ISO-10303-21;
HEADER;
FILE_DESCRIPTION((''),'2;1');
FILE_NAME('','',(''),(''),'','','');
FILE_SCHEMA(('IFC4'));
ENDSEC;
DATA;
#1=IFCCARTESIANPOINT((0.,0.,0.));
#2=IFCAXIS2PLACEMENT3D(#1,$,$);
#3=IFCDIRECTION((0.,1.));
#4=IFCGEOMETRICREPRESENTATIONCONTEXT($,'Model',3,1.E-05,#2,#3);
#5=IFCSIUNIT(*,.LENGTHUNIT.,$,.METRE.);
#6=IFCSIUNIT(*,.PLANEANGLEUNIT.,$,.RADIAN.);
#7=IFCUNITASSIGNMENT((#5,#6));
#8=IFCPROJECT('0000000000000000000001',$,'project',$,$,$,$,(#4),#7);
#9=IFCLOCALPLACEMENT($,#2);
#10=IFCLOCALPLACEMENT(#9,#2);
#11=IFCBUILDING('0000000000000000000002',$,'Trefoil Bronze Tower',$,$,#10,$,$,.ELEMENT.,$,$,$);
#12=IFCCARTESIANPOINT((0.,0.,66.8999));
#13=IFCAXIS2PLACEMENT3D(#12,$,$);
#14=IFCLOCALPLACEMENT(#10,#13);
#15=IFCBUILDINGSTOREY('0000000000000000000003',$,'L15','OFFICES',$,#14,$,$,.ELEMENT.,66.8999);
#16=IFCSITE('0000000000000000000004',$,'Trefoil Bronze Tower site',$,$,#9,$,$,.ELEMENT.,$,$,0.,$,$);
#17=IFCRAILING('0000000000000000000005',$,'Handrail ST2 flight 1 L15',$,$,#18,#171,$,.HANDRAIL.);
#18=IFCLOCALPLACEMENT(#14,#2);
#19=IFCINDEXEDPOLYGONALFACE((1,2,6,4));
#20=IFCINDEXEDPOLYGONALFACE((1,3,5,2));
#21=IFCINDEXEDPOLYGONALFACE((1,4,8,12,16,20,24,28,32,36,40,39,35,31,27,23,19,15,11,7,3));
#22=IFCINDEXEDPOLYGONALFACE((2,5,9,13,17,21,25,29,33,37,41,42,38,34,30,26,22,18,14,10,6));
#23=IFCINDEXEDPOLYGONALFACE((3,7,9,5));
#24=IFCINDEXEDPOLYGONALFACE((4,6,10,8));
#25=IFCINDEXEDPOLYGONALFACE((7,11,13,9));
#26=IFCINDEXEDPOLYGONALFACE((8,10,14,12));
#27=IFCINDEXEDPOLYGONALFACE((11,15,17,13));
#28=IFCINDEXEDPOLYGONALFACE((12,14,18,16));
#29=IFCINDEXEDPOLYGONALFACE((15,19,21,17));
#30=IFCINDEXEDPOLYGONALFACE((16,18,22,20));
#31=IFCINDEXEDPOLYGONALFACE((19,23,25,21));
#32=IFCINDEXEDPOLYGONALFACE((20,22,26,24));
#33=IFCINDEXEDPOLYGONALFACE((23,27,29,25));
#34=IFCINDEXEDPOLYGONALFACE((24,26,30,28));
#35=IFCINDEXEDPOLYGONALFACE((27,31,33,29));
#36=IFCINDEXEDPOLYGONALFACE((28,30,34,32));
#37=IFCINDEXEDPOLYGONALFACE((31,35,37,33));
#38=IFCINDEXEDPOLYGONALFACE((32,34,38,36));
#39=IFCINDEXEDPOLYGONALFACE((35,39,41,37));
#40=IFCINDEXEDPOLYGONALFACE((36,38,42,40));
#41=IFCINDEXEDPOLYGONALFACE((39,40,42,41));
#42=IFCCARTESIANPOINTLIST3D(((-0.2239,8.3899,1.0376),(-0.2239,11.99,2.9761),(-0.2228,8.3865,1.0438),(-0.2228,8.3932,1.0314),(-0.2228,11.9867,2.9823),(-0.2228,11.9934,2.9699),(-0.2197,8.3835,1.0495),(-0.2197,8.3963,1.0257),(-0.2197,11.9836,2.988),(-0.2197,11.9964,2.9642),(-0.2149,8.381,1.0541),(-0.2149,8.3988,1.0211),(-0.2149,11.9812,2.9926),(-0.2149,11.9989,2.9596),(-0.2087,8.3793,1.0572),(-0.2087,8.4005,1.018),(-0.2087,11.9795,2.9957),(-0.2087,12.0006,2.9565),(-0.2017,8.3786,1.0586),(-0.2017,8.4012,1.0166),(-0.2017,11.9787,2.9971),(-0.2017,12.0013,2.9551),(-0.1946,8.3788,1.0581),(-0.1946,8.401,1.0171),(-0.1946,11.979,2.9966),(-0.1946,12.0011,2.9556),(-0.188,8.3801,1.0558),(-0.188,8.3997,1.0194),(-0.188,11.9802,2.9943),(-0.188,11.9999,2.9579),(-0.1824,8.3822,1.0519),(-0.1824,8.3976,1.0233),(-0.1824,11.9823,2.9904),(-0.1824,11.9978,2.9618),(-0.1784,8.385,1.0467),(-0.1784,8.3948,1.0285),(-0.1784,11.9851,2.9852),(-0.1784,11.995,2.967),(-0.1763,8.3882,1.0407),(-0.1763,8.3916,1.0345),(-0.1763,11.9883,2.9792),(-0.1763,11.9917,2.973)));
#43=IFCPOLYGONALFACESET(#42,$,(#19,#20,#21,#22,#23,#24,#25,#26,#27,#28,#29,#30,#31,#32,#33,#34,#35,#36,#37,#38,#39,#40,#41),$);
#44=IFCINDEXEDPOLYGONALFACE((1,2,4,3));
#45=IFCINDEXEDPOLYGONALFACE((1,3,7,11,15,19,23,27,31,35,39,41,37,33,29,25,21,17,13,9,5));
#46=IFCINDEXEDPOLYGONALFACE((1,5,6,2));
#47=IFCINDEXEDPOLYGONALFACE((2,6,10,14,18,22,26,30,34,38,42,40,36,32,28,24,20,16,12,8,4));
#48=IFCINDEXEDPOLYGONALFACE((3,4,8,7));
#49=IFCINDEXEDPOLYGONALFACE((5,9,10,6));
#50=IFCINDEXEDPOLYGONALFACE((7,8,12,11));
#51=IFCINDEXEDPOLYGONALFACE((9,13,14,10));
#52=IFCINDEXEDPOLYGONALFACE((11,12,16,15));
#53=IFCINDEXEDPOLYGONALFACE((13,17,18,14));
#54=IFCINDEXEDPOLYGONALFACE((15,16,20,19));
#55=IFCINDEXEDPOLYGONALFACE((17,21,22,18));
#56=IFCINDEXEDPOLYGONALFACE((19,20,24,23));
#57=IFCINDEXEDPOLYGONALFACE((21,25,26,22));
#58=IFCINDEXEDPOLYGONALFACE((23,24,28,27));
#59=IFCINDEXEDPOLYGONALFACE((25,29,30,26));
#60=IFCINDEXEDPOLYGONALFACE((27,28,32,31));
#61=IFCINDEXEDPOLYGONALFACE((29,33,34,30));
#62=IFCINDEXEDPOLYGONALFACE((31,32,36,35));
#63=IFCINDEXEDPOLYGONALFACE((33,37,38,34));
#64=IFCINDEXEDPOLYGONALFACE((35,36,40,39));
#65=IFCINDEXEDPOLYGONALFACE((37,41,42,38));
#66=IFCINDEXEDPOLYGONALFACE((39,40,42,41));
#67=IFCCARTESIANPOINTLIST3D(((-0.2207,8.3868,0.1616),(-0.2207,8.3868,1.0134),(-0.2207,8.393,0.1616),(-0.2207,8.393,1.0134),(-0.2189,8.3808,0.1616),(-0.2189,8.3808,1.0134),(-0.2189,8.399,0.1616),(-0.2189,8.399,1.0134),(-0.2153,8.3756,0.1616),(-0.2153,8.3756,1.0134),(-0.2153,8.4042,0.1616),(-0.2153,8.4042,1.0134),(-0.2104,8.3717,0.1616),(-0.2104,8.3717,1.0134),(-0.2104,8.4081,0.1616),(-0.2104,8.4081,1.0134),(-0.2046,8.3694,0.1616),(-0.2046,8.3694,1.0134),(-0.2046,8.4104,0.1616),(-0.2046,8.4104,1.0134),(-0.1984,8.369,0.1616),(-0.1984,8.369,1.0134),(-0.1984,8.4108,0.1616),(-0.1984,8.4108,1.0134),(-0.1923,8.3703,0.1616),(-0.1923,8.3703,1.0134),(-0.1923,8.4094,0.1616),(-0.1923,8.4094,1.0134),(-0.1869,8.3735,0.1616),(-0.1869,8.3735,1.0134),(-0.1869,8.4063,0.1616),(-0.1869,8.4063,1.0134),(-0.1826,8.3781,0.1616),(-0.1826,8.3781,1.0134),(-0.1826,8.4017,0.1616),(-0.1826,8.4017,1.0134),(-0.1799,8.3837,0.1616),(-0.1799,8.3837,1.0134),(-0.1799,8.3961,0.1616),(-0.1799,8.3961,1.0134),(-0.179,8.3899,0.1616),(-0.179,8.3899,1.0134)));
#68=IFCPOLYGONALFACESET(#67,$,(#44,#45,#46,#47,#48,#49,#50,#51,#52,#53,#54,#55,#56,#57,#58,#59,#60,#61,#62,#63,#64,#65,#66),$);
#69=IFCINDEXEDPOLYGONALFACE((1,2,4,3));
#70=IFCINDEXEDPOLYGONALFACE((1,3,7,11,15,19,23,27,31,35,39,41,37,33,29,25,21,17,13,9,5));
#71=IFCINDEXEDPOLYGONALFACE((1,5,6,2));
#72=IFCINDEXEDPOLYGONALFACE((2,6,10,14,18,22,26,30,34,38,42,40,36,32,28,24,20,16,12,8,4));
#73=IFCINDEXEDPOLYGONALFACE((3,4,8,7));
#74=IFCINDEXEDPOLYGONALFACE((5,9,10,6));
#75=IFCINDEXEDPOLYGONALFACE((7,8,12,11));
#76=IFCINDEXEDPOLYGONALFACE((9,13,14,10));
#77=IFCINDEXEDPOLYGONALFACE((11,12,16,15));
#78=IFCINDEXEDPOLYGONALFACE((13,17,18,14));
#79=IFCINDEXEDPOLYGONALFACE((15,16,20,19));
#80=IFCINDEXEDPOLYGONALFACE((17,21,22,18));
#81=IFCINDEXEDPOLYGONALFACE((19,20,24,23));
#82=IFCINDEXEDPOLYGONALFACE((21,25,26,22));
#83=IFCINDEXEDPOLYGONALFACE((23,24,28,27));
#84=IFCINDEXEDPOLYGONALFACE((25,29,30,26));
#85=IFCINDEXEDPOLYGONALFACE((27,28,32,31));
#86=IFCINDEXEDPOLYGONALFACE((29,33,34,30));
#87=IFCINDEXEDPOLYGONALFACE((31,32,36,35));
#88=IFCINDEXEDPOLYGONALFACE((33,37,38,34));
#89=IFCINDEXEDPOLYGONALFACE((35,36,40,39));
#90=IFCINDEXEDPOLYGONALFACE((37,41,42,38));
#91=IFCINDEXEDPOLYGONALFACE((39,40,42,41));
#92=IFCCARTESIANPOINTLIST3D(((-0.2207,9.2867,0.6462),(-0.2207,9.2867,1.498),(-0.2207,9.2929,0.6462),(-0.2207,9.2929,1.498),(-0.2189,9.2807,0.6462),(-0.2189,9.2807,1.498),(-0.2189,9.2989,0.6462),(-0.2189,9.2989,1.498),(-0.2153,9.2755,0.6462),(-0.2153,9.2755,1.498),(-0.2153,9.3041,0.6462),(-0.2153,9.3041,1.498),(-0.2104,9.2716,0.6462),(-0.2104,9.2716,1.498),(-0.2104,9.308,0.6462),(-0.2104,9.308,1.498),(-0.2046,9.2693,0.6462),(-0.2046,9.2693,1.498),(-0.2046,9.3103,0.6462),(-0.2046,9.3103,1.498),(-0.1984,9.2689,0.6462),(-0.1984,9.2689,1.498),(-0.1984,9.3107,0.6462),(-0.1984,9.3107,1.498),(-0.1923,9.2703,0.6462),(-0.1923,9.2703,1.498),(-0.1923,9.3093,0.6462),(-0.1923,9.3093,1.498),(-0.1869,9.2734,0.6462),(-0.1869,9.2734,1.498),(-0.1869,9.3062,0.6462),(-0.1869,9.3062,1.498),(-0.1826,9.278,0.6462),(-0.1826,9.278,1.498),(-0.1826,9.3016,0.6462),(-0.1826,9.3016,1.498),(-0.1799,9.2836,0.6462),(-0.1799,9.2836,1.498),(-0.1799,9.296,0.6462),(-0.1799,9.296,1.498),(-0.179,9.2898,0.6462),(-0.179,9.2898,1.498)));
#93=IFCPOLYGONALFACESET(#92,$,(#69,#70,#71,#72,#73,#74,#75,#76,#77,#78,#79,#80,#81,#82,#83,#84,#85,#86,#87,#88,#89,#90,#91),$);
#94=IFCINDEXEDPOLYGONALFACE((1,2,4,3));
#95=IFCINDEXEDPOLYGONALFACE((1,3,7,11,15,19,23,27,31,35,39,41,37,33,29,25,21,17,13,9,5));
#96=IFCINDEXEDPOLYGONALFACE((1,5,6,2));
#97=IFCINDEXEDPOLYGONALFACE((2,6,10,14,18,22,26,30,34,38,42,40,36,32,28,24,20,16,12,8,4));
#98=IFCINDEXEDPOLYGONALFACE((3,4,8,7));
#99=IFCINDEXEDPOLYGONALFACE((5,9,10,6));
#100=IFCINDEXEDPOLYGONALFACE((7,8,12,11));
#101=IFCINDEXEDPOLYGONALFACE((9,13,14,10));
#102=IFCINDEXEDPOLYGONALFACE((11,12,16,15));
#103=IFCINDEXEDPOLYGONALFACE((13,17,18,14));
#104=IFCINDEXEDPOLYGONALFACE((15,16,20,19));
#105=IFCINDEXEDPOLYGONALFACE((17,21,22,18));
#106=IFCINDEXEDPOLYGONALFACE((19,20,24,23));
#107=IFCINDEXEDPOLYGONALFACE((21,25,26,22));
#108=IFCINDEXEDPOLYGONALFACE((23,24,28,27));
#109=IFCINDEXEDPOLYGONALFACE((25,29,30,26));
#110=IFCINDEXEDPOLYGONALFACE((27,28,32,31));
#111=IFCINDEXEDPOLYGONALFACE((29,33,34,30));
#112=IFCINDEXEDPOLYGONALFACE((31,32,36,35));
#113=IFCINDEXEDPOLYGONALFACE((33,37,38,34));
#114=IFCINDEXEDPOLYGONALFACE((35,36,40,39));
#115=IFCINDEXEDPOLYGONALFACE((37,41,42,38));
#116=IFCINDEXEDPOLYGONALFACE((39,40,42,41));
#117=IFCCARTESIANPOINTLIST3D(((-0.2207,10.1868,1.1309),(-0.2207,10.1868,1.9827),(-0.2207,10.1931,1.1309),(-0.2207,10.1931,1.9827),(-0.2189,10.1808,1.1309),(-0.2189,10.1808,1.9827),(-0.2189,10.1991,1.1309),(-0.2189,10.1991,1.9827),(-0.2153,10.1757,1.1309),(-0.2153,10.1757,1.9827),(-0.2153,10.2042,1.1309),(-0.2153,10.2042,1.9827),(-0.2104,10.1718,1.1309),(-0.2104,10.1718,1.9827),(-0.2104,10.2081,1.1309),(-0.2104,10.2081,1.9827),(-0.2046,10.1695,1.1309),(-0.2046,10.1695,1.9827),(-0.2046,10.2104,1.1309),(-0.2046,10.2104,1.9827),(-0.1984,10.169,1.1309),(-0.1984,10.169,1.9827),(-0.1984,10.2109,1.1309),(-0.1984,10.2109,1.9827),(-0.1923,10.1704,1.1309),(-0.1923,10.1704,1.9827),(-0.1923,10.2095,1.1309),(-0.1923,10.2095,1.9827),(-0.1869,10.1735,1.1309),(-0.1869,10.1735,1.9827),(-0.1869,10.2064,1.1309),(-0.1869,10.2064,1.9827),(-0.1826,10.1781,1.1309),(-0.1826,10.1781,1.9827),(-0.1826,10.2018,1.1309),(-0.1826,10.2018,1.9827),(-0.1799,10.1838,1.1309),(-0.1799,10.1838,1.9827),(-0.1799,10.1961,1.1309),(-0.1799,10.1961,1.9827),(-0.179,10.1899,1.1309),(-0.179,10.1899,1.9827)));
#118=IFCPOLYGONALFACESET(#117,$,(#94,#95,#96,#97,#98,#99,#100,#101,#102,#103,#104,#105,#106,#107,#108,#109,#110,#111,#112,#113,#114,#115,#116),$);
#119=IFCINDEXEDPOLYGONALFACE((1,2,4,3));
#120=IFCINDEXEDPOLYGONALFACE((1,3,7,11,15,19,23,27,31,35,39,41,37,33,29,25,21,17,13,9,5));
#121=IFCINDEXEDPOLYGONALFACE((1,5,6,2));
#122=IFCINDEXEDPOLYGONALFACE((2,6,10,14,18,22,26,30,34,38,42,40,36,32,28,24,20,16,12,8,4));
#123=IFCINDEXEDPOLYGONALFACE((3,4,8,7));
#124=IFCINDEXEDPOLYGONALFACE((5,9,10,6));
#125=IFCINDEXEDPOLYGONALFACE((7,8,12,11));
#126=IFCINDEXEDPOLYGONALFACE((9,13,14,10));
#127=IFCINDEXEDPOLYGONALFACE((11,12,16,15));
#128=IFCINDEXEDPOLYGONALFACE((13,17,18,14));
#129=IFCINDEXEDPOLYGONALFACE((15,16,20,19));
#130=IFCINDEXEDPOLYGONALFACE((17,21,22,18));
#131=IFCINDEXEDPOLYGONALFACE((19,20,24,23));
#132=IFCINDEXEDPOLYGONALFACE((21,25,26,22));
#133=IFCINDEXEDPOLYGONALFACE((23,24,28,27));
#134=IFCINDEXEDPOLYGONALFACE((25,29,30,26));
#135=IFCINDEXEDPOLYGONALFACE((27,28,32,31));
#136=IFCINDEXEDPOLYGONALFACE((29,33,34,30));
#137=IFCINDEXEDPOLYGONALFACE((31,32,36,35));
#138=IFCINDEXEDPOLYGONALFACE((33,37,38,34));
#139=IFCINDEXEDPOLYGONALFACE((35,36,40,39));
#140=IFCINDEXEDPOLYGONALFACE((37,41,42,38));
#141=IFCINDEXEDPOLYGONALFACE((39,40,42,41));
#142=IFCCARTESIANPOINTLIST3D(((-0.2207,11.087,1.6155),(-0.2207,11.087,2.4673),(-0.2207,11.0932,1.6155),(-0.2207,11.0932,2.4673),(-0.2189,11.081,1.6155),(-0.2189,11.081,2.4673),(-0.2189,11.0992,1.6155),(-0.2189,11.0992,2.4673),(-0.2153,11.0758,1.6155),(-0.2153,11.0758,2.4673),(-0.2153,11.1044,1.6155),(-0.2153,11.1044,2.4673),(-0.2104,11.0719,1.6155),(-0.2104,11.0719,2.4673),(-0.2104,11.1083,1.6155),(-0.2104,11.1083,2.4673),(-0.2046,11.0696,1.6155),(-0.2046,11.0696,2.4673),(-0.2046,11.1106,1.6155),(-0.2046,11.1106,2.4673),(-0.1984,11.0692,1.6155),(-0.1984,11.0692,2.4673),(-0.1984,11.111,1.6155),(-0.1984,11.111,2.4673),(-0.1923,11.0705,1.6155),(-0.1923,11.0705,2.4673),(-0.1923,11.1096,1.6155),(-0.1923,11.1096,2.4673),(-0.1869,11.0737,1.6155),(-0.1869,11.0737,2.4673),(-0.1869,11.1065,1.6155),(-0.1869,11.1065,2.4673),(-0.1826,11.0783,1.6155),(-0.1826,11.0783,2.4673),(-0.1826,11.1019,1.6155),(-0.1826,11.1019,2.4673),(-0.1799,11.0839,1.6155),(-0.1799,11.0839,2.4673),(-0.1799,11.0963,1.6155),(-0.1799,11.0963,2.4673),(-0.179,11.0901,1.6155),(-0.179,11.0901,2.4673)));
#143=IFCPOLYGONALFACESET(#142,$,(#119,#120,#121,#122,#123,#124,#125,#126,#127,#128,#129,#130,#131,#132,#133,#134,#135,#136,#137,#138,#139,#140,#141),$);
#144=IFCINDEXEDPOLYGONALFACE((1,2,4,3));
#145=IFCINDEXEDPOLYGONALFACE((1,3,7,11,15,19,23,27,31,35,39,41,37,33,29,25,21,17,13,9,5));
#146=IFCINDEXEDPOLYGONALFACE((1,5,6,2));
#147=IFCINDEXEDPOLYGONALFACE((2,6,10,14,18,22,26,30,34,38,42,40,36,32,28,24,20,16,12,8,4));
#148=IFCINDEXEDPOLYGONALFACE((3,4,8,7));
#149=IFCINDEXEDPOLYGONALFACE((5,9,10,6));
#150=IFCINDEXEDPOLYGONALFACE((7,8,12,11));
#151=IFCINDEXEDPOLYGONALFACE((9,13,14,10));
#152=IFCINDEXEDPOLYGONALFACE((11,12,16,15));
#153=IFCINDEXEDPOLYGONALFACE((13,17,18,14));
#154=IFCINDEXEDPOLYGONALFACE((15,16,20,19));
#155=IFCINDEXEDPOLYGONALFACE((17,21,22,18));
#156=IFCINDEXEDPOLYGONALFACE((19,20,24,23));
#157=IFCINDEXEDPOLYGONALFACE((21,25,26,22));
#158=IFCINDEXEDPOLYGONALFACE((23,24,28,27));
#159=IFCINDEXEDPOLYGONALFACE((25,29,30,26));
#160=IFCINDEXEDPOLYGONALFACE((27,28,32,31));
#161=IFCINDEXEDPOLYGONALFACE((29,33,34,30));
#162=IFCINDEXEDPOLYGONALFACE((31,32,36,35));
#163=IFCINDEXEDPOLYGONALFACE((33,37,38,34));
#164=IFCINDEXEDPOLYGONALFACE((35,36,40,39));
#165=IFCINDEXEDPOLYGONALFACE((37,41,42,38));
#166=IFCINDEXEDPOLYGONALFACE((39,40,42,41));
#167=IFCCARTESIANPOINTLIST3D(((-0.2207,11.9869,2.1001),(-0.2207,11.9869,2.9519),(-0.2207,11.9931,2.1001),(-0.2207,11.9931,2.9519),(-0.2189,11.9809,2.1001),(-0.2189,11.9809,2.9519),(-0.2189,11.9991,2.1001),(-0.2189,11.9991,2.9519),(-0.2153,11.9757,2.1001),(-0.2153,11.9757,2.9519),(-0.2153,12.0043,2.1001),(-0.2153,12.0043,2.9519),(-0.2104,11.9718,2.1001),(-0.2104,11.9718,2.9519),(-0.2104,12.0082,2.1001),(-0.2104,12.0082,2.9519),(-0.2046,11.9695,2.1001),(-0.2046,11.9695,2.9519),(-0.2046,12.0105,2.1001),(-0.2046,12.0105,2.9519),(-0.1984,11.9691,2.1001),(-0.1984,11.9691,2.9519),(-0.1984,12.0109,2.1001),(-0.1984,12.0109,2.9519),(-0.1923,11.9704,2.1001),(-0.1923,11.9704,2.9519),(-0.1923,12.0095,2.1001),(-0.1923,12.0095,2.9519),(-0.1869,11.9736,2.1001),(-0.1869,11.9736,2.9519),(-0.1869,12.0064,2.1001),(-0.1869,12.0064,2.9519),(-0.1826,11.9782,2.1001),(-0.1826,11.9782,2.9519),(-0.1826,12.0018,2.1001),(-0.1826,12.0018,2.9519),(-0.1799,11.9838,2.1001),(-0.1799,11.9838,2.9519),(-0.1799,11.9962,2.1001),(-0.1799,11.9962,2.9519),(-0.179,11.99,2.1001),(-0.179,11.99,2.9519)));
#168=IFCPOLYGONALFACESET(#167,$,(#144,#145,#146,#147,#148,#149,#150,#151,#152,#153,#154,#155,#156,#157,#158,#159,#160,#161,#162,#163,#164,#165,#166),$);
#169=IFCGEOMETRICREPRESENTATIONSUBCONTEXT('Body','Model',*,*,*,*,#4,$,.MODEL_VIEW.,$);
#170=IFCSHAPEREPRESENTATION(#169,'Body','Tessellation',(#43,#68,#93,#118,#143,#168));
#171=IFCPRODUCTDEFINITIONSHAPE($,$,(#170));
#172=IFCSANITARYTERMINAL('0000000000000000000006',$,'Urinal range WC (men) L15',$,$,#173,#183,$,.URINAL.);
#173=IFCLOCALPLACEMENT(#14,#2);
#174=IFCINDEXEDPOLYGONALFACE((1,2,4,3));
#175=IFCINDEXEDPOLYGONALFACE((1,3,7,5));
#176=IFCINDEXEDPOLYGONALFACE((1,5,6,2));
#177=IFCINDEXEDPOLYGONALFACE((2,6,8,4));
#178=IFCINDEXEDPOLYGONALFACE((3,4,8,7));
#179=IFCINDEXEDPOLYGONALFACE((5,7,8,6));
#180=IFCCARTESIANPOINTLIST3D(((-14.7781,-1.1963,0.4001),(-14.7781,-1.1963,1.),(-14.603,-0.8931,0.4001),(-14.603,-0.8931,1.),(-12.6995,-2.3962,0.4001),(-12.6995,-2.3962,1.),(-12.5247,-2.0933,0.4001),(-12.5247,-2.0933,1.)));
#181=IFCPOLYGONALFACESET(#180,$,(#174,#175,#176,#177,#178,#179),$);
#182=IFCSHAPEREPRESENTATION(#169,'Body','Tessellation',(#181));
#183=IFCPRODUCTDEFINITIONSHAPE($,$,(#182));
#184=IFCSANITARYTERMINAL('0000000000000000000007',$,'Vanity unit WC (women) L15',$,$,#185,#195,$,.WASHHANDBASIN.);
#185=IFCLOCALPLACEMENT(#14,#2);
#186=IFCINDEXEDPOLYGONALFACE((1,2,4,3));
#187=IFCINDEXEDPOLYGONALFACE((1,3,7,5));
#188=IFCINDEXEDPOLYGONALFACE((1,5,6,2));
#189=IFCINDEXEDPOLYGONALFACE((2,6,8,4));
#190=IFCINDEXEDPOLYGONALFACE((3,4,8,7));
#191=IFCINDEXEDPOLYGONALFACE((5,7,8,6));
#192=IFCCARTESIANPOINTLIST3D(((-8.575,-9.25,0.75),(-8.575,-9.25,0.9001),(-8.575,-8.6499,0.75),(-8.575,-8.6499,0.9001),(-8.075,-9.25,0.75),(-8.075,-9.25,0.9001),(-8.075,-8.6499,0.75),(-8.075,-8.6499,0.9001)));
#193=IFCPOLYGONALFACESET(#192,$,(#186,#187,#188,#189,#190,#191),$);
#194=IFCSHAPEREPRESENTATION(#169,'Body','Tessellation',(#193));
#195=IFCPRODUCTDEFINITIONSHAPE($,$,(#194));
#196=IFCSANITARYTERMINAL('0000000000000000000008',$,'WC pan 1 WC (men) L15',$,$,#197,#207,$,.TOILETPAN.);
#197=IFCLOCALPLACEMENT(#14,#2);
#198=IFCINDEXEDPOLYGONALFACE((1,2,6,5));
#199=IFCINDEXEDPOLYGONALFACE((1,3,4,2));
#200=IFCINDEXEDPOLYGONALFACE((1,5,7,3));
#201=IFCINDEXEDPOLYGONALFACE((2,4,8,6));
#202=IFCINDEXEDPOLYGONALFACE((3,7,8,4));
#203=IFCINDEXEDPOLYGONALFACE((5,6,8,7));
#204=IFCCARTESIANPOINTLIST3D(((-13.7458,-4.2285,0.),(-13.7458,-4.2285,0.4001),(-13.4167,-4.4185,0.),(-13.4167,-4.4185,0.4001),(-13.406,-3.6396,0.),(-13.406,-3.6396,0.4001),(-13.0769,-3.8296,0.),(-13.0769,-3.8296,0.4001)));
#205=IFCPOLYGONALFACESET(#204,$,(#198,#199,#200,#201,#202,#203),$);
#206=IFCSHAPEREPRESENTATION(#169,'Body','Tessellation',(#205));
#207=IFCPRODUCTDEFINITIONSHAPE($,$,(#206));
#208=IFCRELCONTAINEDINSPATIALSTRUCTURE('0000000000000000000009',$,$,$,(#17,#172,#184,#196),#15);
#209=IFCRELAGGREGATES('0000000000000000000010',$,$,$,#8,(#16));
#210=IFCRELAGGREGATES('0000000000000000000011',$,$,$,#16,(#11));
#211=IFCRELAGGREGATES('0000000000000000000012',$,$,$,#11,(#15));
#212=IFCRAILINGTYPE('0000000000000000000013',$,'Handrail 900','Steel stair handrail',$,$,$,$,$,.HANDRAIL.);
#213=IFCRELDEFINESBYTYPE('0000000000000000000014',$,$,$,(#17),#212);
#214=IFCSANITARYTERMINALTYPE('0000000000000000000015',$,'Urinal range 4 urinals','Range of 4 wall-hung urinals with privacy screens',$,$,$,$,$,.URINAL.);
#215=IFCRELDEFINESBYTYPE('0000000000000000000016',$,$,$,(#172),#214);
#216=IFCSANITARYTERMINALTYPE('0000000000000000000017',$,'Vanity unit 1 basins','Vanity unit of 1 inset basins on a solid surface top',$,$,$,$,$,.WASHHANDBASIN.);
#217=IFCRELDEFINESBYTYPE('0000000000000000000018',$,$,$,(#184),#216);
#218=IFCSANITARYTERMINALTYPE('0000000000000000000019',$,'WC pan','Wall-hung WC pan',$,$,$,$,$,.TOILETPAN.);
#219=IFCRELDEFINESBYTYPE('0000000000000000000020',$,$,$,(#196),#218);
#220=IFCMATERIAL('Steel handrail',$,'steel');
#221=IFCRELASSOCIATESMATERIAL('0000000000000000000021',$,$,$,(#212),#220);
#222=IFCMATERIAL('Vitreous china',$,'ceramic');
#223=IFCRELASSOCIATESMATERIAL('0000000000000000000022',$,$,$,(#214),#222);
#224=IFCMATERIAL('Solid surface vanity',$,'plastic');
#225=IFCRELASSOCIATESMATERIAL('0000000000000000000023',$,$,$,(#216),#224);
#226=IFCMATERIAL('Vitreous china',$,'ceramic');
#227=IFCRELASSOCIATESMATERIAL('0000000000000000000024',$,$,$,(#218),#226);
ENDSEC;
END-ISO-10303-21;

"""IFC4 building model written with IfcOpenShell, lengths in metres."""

from ifc_helpers import new_model, si_unit, direction, frame, origin, origin_2d, place, context, subcontext, project, spatial, polyline, circle, outline, extrude, material, type_object, element, save


model = new_model("IFC4")

# Units and contexts
model_context = context("Model", 3, precision=1e-05, world=origin(), true_north=direction((0.0, 1.0)))
body_context = subcontext(model_context, "Body", "Model", "MODEL_VIEW")
ifc_project = project(units=[si_unit("LENGTHUNIT", "METRE"), si_unit("PLANEANGLEUNIT", "RADIAN")], contexts=[model_context])

# Site, building, storey
site_placement = place(None, origin())
site = spatial("IfcSite", under=ifc_project, at=site_placement, Name="Trefoil Bronze Tower site", CompositionType="ELEMENT", RefElevation=0.0)
building_placement = place(site_placement, origin())
building = spatial("IfcBuilding", under=site, at=building_placement, Name="Trefoil Bronze Tower", CompositionType="ELEMENT")
storey_placement = place(building_placement, frame((0.0, 0.0, 66.8999)))
storey = spatial("IfcBuildingStorey", under=building, at=storey_placement, Name="L15", Description="OFFICES", CompositionType="ELEMENT", Elevation=66.8999)

# Railing
ifc_material_1 = material(Name="Steel handrail", Category="steel")
railing_type = type_object("IfcRailingType", Name="Handrail 900", Description="Steel stair handrail", PredefinedType="HANDRAIL", material=ifc_material_1)
railing_placement = place(storey_placement, frame((-0.2, 8.3899, 0.1616)))
element("IfcRailing", 1, at=railing_placement, inside=storey, type_object=railing_type, Name="Handrail ST2 flight 1 L15", PredefinedType="HANDRAIL", context=body_context, shape_type="SweptSolid", body=[
    extrude(circle(Radius=0.0239, at=origin_2d()), frame((0.0, 0.0, 0.876), z_axis=(0.0, 0.880475, 0.474093), x_axis=(-1.0, 0.0, 0.0)), (0.0, 0.0, 1.0), 4.0889),
    extrude(circle(Radius=0.021, at=origin_2d()), origin(), (0.0, 0.0, 1.0), 0.8518),
    extrude(circle(Radius=0.021, at=origin_2d()), frame((0.0, 0.8999, 0.4846)), (0.0, 0.0, 1.0), 0.8518),
    extrude(circle(Radius=0.021, at=origin_2d()), frame((0.0, 1.8, 0.9692)), (0.0, 0.0, 1.0), 0.8518),
    extrude(circle(Radius=0.021, at=origin_2d()), frame((0.0, 2.7002, 1.4539)), (0.0, 0.0, 1.0), 0.8518),
    extrude(circle(Radius=0.021, at=origin_2d()), frame((0.0, 3.6001, 1.9385)), (0.0, 0.0, 1.0), 0.8518),
])

# Sanitary terminals
ifc_material_2 = material(Name="Vitreous china", Category="ceramic")
sanitary_terminal_type_1 = type_object("IfcSanitaryTerminalType", Name="Urinal range 4 urinals", Description="Range of 4 wall-hung urinals with privacy screens", PredefinedType="URINAL", material=ifc_material_2)
sanitary_terminal_1_placement = place(storey_placement, frame((0.0, 0.0, 0.4001)))
element("IfcSanitaryTerminal", 2, at=sanitary_terminal_1_placement, inside=storey, type_object=sanitary_terminal_type_1, Name="Urinal range WC (men) L15", PredefinedType="URINAL", context=body_context, shape_type="SweptSolid", body=[
    extrude(outline(polyline([(-12.5247, -2.0933), (-12.6995, -2.3962), (-14.7781, -1.1963), (-14.603, -0.8931), (-12.5247, -2.0933)])), origin(), (0.0, 0.0, 1.0), 0.5999),
])
ifc_material_3 = material(Name="Solid surface vanity", Category="plastic")
sanitary_terminal_type_2 = type_object("IfcSanitaryTerminalType", Name="Vanity unit 1 basins", Description="Vanity unit of 1 inset basins on a solid surface top", PredefinedType="WASHHANDBASIN", material=ifc_material_3)
sanitary_terminal_2_placement = place(storey_placement, frame((0.0, 0.0, 0.75)))
element("IfcSanitaryTerminal", 3, at=sanitary_terminal_2_placement, inside=storey, type_object=sanitary_terminal_type_2, Name="Vanity unit WC (women) L15", PredefinedType="WASHHANDBASIN", context=body_context, shape_type="SweptSolid", body=[
    extrude(outline(polyline([(-8.075, -8.6499), (-8.575, -8.6499), (-8.575, -9.25), (-8.075, -9.25), (-8.075, -8.6499)])), origin(), (0.0, 0.0, 1.0), 0.1501),
])
ifc_material_4 = material(Name="Vitreous china", Category="ceramic")
sanitary_terminal_type_3 = type_object("IfcSanitaryTerminalType", Name="WC pan", Description="Wall-hung WC pan", PredefinedType="TOILETPAN", material=ifc_material_4)
sanitary_terminal_3_placement = place(storey_placement, origin())
element("IfcSanitaryTerminal", 4, at=sanitary_terminal_3_placement, inside=storey, type_object=sanitary_terminal_type_3, Name="WC pan 1 WC (men) L15", PredefinedType="TOILETPAN", context=body_context, shape_type="SweptSolid", body=[
    extrude(outline(polyline([(-13.0769, -3.8296), (-13.4167, -4.4185), (-13.7458, -4.2285), (-13.406, -3.6396), (-13.0769, -3.8296)])), origin(), (0.0, 0.0, 1.0), 0.4001),
])

save(model, "model.ifc")
